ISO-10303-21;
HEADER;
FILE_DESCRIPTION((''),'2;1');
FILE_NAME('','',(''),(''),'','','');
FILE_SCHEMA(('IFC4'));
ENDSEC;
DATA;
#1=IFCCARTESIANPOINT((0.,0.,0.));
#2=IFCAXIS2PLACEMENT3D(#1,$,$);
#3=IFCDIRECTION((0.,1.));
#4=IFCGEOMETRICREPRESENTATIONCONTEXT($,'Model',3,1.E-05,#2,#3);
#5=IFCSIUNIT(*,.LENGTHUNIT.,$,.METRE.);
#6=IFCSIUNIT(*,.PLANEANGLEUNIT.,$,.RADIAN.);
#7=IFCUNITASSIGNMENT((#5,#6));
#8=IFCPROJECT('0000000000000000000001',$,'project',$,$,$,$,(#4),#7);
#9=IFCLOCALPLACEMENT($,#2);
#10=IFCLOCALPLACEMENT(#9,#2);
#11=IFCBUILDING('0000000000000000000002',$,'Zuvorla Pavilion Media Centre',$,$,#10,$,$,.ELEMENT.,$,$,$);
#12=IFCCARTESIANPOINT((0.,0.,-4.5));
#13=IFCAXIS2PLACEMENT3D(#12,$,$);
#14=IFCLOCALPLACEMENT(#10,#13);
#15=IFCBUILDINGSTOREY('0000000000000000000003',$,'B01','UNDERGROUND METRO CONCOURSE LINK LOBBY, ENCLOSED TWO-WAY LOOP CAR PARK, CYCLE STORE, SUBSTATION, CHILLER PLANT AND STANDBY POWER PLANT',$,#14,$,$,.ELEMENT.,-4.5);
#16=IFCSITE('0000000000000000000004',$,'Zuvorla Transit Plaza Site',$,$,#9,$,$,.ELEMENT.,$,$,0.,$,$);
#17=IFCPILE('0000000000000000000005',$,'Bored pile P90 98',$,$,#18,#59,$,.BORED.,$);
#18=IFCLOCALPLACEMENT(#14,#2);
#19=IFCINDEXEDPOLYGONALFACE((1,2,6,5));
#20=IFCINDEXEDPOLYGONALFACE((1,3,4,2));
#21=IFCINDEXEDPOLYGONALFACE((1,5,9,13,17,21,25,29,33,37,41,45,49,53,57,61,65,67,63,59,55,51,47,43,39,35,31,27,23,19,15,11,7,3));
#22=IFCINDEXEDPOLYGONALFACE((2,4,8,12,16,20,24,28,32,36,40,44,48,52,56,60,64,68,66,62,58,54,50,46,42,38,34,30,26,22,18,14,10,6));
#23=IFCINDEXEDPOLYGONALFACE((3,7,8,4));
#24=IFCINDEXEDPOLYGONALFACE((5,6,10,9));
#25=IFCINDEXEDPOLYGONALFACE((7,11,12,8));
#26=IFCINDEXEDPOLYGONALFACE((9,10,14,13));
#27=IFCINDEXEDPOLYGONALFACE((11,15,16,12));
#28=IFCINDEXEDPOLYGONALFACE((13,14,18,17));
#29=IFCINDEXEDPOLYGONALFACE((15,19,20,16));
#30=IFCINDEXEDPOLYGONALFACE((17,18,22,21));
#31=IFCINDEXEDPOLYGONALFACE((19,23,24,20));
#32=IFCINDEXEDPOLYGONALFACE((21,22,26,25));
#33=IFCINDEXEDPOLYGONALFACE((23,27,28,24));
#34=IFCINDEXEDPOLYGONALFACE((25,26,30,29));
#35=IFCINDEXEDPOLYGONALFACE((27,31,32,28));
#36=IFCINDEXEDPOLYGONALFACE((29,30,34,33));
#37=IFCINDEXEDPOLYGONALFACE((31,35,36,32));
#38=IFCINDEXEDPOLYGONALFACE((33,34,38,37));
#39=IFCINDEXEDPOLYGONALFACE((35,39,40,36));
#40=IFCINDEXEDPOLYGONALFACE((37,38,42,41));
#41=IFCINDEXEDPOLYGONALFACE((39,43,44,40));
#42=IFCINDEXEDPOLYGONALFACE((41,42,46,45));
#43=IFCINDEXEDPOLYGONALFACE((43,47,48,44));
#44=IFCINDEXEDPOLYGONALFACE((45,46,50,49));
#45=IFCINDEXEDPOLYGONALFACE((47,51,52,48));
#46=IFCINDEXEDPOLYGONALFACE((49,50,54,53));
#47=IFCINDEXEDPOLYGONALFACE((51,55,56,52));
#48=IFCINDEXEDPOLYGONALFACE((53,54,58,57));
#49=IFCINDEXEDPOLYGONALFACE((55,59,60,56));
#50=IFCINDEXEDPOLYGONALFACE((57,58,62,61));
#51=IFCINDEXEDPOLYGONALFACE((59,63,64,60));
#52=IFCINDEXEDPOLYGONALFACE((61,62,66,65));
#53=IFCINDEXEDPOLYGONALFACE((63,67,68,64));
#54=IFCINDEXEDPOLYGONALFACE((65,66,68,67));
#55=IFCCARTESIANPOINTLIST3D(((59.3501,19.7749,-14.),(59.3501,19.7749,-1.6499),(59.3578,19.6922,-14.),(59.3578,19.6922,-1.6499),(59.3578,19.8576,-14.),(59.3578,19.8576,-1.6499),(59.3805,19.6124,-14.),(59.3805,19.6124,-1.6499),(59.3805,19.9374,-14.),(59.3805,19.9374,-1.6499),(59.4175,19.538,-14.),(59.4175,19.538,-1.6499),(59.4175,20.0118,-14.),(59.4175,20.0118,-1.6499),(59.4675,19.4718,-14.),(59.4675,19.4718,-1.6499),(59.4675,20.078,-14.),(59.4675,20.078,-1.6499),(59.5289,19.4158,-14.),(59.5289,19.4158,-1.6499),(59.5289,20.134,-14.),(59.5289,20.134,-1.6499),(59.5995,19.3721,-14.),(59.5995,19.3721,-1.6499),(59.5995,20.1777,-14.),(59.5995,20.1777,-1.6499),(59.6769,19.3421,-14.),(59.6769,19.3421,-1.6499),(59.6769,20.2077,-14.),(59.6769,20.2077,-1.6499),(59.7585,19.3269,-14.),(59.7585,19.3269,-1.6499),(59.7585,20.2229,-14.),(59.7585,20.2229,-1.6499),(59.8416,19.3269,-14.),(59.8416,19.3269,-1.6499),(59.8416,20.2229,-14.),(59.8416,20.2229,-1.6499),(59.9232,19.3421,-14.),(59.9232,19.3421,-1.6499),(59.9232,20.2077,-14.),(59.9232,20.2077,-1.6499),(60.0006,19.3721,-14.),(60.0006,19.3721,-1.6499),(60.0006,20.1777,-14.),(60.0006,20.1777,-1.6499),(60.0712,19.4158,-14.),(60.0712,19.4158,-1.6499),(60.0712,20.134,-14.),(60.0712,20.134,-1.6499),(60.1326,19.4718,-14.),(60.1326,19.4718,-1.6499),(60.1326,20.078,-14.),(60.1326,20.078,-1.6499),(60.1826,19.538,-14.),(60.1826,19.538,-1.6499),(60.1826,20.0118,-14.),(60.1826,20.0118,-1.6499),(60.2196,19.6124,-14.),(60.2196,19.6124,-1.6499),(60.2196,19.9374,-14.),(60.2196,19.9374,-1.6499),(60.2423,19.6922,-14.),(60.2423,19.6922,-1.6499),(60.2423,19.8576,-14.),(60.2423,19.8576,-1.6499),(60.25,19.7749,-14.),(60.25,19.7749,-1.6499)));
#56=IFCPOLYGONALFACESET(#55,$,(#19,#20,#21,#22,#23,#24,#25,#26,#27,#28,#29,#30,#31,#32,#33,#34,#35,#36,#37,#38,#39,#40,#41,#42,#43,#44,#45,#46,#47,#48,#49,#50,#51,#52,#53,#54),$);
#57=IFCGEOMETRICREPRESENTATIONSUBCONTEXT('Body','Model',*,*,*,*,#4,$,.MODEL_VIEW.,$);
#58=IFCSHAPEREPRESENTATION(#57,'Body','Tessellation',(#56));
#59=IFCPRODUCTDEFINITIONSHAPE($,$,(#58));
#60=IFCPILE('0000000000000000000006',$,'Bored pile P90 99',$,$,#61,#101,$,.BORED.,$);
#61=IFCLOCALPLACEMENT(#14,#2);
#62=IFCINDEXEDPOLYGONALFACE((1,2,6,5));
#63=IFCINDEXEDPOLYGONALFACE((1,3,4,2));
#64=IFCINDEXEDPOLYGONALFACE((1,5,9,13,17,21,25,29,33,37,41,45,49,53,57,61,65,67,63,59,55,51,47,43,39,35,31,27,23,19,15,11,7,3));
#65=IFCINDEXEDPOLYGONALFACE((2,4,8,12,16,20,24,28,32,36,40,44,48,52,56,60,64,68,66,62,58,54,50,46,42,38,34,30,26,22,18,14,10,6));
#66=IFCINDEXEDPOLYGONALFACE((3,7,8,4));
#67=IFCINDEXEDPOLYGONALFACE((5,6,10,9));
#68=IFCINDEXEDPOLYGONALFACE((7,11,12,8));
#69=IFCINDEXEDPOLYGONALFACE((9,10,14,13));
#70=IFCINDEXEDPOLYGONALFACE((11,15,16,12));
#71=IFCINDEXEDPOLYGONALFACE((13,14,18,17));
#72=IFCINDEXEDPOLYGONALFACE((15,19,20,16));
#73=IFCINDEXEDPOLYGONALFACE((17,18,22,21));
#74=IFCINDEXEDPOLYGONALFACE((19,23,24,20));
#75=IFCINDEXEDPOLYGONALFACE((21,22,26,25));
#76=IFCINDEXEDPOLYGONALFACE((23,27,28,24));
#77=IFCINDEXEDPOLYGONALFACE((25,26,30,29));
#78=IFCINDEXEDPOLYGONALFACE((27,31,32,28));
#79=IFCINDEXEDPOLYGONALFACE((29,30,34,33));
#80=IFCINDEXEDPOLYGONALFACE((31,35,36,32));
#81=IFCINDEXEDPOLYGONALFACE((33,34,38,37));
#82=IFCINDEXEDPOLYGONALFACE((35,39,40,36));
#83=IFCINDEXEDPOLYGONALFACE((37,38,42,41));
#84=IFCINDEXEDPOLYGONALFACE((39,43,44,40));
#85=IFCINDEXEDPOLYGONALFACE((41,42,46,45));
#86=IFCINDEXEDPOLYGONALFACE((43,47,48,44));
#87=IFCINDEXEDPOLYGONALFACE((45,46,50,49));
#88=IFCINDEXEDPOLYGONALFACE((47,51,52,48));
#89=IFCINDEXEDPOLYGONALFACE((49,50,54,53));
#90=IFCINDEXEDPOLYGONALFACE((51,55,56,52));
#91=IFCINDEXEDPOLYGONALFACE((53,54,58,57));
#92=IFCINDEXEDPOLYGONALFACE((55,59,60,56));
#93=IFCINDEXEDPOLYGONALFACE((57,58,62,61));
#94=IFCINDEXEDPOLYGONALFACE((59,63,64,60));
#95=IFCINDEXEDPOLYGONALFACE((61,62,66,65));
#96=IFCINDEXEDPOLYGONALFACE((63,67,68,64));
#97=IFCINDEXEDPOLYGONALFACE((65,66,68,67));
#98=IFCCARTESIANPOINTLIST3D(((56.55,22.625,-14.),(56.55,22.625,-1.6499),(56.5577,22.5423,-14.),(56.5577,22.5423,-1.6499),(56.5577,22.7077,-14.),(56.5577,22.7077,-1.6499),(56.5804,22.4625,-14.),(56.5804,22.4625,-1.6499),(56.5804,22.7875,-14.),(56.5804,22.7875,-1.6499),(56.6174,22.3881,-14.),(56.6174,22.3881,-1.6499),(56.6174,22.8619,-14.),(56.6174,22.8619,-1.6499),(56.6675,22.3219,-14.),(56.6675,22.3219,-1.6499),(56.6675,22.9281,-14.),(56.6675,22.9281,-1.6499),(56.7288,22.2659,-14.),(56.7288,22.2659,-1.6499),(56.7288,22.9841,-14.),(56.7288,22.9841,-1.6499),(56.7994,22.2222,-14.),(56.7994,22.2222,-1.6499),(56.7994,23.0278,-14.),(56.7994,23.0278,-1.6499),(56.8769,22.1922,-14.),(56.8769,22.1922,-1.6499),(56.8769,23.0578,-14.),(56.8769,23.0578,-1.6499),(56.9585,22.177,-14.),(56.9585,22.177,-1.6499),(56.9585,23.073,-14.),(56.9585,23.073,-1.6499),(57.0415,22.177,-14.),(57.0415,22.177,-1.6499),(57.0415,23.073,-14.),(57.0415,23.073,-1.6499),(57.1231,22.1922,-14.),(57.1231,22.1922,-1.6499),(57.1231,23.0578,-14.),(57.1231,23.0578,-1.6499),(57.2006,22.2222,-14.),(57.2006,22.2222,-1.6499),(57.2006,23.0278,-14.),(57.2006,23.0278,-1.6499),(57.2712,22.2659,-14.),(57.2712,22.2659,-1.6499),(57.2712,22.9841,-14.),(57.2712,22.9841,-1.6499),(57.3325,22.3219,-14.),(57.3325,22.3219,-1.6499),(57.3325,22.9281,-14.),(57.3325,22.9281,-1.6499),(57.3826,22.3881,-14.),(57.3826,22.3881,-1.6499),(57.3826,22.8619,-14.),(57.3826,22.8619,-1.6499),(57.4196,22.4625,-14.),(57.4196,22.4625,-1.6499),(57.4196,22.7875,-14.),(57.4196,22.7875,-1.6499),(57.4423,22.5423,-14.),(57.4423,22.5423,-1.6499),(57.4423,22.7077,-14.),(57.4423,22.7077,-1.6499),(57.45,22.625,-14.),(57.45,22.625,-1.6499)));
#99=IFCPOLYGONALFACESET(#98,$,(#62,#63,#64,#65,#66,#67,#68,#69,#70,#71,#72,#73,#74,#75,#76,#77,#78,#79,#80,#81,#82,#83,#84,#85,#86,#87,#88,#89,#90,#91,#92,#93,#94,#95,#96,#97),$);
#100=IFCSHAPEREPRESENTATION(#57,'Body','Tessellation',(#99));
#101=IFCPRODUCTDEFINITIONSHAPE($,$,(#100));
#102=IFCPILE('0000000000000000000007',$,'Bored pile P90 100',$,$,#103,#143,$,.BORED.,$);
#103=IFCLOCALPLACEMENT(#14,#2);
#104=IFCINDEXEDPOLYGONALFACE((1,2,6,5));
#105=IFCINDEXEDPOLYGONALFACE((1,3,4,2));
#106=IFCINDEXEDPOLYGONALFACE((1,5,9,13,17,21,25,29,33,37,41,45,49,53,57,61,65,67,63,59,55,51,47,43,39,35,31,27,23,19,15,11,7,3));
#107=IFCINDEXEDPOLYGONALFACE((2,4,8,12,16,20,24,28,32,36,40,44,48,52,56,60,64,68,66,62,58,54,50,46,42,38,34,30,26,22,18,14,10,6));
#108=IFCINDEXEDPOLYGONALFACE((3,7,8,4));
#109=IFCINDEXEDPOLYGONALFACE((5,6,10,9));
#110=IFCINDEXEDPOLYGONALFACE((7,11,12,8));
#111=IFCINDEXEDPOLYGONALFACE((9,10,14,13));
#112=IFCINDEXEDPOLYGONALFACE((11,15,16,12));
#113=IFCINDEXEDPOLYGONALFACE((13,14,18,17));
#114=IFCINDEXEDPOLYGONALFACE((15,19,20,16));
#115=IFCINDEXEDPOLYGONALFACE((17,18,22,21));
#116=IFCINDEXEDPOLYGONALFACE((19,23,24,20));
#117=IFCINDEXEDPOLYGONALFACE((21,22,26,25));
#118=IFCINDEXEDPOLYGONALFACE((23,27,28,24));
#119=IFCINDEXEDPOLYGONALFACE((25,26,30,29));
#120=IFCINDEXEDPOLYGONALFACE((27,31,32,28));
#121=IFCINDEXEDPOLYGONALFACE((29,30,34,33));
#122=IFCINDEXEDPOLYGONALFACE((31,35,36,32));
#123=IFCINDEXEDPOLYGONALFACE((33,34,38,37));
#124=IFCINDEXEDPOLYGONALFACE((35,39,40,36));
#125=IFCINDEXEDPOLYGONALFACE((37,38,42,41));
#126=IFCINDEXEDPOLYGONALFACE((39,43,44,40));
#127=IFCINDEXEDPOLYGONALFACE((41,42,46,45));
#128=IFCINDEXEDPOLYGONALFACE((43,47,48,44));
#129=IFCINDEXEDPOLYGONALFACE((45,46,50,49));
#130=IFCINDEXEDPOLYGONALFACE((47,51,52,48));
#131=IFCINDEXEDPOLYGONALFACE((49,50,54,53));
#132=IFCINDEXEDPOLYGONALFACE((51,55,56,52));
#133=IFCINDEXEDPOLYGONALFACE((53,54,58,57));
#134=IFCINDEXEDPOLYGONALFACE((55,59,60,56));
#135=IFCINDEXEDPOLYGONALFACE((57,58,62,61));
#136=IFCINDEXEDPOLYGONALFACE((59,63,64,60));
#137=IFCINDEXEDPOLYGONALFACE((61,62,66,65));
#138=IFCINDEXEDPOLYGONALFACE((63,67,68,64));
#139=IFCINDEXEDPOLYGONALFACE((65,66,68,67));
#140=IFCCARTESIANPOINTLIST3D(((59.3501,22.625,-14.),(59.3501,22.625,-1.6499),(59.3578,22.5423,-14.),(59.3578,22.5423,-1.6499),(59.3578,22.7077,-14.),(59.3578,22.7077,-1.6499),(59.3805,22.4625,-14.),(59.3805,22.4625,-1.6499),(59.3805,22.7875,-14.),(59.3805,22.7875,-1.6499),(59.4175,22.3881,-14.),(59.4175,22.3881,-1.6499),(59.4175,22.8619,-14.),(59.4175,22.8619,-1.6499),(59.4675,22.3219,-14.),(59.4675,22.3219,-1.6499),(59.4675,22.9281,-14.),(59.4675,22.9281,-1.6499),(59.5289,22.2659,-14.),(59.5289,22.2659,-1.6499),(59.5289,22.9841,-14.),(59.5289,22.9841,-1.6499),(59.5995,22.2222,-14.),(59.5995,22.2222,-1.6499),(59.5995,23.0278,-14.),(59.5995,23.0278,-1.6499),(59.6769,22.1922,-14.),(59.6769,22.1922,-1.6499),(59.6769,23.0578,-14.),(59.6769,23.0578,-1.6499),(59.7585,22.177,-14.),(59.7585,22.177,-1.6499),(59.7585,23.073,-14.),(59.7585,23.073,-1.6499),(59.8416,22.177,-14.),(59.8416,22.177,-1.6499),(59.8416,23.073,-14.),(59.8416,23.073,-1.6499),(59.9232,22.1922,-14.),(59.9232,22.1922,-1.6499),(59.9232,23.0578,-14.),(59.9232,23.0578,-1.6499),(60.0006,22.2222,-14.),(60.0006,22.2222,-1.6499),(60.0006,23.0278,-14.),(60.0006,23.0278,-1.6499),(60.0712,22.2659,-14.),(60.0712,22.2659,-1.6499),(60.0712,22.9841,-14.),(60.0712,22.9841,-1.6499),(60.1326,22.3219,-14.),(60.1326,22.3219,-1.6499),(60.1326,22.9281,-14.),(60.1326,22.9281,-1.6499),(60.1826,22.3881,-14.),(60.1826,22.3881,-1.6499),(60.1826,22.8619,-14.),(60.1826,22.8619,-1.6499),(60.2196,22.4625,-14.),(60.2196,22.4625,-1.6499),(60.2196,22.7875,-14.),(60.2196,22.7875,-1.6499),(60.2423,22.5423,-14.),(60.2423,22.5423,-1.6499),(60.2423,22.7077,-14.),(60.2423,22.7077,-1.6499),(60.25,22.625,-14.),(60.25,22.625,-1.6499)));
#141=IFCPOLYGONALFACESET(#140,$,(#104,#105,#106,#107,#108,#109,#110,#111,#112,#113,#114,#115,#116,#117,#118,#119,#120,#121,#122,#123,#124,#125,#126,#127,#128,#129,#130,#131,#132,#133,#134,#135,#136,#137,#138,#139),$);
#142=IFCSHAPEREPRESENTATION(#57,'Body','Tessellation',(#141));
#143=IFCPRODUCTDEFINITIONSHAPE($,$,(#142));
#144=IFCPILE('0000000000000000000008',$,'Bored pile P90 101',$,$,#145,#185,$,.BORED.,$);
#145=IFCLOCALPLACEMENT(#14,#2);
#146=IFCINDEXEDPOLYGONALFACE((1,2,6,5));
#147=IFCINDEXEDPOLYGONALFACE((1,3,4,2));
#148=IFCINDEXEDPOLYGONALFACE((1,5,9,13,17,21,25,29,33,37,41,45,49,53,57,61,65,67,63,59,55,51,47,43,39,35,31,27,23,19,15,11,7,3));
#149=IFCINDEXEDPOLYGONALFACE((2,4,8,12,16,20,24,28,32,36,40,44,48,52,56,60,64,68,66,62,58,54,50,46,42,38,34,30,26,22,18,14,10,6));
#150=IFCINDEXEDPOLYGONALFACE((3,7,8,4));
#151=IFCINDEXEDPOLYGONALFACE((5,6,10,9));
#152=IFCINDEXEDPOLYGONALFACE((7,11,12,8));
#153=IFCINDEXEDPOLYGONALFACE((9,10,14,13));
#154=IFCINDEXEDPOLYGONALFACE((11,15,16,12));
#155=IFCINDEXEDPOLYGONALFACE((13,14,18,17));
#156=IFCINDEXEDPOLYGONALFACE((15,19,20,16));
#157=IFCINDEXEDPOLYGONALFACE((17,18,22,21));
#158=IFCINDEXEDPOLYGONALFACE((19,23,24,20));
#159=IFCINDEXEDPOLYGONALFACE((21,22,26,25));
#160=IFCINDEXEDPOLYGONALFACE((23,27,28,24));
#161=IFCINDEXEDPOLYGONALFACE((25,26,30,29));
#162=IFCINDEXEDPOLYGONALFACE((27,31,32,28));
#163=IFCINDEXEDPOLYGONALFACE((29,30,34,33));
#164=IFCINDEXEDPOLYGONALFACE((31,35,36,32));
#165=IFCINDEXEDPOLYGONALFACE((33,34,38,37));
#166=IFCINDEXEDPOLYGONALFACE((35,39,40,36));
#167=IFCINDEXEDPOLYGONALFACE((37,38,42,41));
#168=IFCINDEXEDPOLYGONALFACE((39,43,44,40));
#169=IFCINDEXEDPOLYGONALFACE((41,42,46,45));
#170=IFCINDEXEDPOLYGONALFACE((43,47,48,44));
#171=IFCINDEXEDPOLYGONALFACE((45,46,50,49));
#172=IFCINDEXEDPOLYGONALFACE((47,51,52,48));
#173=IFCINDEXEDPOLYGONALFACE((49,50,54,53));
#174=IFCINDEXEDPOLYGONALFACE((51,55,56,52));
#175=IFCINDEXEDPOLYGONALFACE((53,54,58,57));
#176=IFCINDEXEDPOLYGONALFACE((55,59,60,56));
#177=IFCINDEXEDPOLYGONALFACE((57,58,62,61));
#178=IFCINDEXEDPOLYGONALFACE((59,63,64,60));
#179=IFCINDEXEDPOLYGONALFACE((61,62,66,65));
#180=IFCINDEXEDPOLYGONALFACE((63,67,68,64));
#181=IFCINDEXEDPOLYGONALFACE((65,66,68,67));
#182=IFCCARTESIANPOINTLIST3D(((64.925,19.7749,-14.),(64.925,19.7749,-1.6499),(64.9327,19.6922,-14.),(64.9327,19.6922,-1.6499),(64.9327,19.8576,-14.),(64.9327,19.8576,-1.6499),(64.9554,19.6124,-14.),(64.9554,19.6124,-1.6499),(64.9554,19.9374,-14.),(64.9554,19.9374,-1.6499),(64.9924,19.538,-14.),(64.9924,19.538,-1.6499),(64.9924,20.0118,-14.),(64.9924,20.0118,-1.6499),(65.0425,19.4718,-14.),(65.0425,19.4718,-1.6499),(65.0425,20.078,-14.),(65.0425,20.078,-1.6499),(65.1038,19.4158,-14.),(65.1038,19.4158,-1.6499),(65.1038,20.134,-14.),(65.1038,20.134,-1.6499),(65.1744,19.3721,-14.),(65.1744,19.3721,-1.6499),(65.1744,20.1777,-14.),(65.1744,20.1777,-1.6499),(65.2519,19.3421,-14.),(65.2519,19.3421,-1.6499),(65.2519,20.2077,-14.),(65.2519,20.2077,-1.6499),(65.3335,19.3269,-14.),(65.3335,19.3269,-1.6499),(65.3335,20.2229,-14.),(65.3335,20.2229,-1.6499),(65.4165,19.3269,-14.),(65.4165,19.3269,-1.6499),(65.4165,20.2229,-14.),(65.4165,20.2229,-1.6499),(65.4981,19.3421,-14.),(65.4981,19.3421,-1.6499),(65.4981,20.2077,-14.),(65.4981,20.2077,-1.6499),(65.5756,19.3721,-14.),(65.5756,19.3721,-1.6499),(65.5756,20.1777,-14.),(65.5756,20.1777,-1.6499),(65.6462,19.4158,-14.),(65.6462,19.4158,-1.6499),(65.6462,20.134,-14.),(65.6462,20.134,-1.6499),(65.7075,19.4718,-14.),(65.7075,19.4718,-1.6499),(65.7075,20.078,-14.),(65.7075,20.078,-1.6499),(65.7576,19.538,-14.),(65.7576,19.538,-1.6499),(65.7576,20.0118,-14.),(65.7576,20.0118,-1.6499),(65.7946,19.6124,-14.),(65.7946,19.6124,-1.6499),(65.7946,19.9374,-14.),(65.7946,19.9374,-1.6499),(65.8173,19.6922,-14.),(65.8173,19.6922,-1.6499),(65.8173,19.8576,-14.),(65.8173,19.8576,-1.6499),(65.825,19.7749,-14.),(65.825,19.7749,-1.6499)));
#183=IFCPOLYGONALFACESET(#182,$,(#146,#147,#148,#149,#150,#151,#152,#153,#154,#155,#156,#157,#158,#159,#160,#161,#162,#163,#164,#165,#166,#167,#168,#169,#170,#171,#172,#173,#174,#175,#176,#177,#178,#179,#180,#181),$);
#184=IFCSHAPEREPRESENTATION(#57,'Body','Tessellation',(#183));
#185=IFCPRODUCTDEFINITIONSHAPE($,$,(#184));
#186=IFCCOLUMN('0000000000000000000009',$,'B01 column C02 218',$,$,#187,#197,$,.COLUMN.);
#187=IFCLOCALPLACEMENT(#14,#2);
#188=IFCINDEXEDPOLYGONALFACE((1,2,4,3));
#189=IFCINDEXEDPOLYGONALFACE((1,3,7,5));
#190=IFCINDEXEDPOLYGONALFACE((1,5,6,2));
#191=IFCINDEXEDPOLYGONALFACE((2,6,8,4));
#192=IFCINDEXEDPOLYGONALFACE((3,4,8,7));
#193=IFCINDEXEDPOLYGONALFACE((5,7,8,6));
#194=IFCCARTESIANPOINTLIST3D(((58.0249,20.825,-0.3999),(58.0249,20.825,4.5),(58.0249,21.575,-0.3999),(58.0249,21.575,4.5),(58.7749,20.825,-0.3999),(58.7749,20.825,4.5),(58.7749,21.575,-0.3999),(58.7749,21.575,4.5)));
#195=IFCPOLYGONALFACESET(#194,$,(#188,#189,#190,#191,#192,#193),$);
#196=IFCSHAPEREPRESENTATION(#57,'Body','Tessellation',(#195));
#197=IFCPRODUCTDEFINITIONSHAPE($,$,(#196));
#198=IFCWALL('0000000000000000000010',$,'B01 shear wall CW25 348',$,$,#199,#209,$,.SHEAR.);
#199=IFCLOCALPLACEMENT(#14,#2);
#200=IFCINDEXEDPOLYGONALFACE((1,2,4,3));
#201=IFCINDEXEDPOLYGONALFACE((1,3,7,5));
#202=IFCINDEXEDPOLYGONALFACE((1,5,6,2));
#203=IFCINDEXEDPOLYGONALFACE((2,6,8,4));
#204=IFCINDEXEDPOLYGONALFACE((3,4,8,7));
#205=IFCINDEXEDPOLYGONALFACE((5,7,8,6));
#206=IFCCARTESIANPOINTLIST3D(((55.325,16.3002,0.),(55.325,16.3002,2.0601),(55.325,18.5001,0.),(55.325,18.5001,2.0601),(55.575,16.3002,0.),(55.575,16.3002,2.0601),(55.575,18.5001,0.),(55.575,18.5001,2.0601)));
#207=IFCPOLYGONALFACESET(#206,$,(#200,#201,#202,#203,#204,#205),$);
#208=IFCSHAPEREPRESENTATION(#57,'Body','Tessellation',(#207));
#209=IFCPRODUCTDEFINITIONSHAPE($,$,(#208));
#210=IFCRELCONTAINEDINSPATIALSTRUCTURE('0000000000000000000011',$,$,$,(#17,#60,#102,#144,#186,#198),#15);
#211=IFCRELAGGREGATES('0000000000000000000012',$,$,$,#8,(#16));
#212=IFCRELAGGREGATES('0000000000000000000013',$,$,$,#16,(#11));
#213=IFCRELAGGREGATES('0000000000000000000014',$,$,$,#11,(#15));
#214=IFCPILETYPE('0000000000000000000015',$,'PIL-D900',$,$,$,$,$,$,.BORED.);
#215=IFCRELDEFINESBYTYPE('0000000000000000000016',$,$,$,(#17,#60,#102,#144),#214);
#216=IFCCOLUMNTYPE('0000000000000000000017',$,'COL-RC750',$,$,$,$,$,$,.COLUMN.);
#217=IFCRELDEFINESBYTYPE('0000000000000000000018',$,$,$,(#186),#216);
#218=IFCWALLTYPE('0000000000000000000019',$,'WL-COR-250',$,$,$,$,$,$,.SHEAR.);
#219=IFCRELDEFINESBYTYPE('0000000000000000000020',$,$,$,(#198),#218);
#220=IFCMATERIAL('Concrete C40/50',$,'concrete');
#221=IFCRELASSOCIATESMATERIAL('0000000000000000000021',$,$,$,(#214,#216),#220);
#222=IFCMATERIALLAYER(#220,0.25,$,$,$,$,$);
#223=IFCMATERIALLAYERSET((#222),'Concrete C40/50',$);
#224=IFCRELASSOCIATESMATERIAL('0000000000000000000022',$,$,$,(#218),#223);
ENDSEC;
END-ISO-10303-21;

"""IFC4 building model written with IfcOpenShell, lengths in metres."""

from ifc_helpers import new_model, si_unit, direction, frame, frame_2d, origin, origin_2d, place, context, subcontext, project, spatial, rectangle, circle, extrude, material, layer, layer_set, material_profile, profile_set, type_object, element, save


model = new_model("IFC4")

# Units and contexts
model_context = context("Model", 3, precision=1e-05, world=origin(), true_north=direction((0.0, 1.0)))
body_context = subcontext(model_context, "Body", "Model", "MODEL_VIEW")
ifc_project = project(units=[si_unit("LENGTHUNIT", "METRE"), si_unit("PLANEANGLEUNIT", "RADIAN")], contexts=[model_context])

# Site, building, storey
site_placement = place(None, origin())
site = spatial("IfcSite", under=ifc_project, at=site_placement, Name="Zuvorla Transit Plaza Site", CompositionType="ELEMENT", RefElevation=0.0)
building_placement = place(site_placement, origin())
building = spatial("IfcBuilding", under=site, at=building_placement, Name="Zuvorla Pavilion Media Centre", CompositionType="ELEMENT")
storey_placement = place(building_placement, frame((0.0, 0.0, -4.5)))
storey = spatial("IfcBuildingStorey", under=building, at=storey_placement, Name="B01", Description="UNDERGROUND METRO CONCOURSE LINK LOBBY, ENCLOSED TWO-WAY LOOP CAR PARK, CYCLE STORE, SUBSTATION, CHILLER PLANT AND STANDBY POWER PLANT", CompositionType="ELEMENT", Elevation=-4.5)

# Shared definitions
ifc_material_1 = material(Name="Concrete C40/50", Category="concrete")

# Piles
ifc_material_profile_1 = material_profile(ifc_material_1, circle(Radius=0.45, at=origin_2d()), Name="BORED PILE 900")
ifc_profile_set_1 = profile_set([ifc_material_profile_1], Name="Concrete C40/50")
pile_type = type_object("IfcPileType", Name="PIL-D900", PredefinedType="BORED", material=ifc_profile_set_1)
for number, where, z_axis, x_axis, name in (
    (1, (59.8, 19.7749, -1.6499), (0.0, 0.0, -1.0), (1.0, 0.0, 0.0), "Bored pile P90 98"),
    (2, (57.0, 22.625, -1.6499), (0.0, 0.0, -1.0), (1.0, 0.0, 0.0), "Bored pile P90 99"),
    (3, (59.8, 22.625, -1.6499), (0.0, 0.0, -1.0), (1.0, 0.0, 0.0), "Bored pile P90 100"),
    (4, (65.375, 19.7749, -1.6499), (0.0, 0.0, -1.0), (1.0, 0.0, 0.0), "Bored pile P90 101"),
):
    element("IfcPile", number, at=place(storey_placement, frame(where, z_axis=z_axis, x_axis=x_axis)), inside=storey, type_object=pile_type, Name=name, PredefinedType="BORED", context=body_context, shape_type="SweptSolid", body=[
        extrude(circle(Radius=0.45, at=origin_2d()), origin(), (0.0, 0.0, 1.0), 12.3501),
    ])

# Column
ifc_material_profile_2 = material_profile(ifc_material_1, rectangle(XDim=0.75, YDim=0.75, at=origin_2d()), Name="RC 750x750")
ifc_profile_set_2 = profile_set([ifc_material_profile_2], Name="Concrete C40/50")
column_type = type_object("IfcColumnType", Name="COL-RC750", PredefinedType="COLUMN", material=ifc_profile_set_2)
column_placement = place(storey_placement, frame((58.3999, 21.2, -0.3999), z_axis=(0.0, 0.0, 1.0), x_axis=(1.0, 0.0, 0.0)))
element("IfcColumn", 5, at=column_placement, inside=storey, type_object=column_type, Name="B01 column C02 218", PredefinedType="COLUMN", context=body_context, shape_type="SweptSolid", body=[
    extrude(rectangle(XDim=0.75, YDim=0.75, at=origin_2d()), origin(), (0.0, 0.0, 1.0), 4.8999),
])

# Wall
ifc_layer = layer(ifc_material_1, 0.25)
ifc_layer_set = layer_set([ifc_layer], Name="Concrete C40/50")
wall_type = type_object("IfcWallType", Name="WL-COR-250", PredefinedType="SHEAR", material=ifc_layer_set)
for number, where, z_axis, x_axis, name in (
    (6, (55.45, 16.3, 0.0), (0.0, 0.0, 1.0), (0.0, 1.0, 0.0), "B01 shear wall CW25 348"),
):
    element("IfcWall", number, at=place(storey_placement, frame(where, z_axis=z_axis, x_axis=x_axis)), inside=storey, type_object=wall_type, Name=name, PredefinedType="SHEAR", context=body_context, shape_type="SweptSolid", body=[
        extrude(rectangle(XDim=2.2, YDim=0.25, at=frame_2d((1.1001, 0.0))), origin(), (0.0, 0.0, 1.0), 2.0601),
    ])

save(model, "model.ifc")
